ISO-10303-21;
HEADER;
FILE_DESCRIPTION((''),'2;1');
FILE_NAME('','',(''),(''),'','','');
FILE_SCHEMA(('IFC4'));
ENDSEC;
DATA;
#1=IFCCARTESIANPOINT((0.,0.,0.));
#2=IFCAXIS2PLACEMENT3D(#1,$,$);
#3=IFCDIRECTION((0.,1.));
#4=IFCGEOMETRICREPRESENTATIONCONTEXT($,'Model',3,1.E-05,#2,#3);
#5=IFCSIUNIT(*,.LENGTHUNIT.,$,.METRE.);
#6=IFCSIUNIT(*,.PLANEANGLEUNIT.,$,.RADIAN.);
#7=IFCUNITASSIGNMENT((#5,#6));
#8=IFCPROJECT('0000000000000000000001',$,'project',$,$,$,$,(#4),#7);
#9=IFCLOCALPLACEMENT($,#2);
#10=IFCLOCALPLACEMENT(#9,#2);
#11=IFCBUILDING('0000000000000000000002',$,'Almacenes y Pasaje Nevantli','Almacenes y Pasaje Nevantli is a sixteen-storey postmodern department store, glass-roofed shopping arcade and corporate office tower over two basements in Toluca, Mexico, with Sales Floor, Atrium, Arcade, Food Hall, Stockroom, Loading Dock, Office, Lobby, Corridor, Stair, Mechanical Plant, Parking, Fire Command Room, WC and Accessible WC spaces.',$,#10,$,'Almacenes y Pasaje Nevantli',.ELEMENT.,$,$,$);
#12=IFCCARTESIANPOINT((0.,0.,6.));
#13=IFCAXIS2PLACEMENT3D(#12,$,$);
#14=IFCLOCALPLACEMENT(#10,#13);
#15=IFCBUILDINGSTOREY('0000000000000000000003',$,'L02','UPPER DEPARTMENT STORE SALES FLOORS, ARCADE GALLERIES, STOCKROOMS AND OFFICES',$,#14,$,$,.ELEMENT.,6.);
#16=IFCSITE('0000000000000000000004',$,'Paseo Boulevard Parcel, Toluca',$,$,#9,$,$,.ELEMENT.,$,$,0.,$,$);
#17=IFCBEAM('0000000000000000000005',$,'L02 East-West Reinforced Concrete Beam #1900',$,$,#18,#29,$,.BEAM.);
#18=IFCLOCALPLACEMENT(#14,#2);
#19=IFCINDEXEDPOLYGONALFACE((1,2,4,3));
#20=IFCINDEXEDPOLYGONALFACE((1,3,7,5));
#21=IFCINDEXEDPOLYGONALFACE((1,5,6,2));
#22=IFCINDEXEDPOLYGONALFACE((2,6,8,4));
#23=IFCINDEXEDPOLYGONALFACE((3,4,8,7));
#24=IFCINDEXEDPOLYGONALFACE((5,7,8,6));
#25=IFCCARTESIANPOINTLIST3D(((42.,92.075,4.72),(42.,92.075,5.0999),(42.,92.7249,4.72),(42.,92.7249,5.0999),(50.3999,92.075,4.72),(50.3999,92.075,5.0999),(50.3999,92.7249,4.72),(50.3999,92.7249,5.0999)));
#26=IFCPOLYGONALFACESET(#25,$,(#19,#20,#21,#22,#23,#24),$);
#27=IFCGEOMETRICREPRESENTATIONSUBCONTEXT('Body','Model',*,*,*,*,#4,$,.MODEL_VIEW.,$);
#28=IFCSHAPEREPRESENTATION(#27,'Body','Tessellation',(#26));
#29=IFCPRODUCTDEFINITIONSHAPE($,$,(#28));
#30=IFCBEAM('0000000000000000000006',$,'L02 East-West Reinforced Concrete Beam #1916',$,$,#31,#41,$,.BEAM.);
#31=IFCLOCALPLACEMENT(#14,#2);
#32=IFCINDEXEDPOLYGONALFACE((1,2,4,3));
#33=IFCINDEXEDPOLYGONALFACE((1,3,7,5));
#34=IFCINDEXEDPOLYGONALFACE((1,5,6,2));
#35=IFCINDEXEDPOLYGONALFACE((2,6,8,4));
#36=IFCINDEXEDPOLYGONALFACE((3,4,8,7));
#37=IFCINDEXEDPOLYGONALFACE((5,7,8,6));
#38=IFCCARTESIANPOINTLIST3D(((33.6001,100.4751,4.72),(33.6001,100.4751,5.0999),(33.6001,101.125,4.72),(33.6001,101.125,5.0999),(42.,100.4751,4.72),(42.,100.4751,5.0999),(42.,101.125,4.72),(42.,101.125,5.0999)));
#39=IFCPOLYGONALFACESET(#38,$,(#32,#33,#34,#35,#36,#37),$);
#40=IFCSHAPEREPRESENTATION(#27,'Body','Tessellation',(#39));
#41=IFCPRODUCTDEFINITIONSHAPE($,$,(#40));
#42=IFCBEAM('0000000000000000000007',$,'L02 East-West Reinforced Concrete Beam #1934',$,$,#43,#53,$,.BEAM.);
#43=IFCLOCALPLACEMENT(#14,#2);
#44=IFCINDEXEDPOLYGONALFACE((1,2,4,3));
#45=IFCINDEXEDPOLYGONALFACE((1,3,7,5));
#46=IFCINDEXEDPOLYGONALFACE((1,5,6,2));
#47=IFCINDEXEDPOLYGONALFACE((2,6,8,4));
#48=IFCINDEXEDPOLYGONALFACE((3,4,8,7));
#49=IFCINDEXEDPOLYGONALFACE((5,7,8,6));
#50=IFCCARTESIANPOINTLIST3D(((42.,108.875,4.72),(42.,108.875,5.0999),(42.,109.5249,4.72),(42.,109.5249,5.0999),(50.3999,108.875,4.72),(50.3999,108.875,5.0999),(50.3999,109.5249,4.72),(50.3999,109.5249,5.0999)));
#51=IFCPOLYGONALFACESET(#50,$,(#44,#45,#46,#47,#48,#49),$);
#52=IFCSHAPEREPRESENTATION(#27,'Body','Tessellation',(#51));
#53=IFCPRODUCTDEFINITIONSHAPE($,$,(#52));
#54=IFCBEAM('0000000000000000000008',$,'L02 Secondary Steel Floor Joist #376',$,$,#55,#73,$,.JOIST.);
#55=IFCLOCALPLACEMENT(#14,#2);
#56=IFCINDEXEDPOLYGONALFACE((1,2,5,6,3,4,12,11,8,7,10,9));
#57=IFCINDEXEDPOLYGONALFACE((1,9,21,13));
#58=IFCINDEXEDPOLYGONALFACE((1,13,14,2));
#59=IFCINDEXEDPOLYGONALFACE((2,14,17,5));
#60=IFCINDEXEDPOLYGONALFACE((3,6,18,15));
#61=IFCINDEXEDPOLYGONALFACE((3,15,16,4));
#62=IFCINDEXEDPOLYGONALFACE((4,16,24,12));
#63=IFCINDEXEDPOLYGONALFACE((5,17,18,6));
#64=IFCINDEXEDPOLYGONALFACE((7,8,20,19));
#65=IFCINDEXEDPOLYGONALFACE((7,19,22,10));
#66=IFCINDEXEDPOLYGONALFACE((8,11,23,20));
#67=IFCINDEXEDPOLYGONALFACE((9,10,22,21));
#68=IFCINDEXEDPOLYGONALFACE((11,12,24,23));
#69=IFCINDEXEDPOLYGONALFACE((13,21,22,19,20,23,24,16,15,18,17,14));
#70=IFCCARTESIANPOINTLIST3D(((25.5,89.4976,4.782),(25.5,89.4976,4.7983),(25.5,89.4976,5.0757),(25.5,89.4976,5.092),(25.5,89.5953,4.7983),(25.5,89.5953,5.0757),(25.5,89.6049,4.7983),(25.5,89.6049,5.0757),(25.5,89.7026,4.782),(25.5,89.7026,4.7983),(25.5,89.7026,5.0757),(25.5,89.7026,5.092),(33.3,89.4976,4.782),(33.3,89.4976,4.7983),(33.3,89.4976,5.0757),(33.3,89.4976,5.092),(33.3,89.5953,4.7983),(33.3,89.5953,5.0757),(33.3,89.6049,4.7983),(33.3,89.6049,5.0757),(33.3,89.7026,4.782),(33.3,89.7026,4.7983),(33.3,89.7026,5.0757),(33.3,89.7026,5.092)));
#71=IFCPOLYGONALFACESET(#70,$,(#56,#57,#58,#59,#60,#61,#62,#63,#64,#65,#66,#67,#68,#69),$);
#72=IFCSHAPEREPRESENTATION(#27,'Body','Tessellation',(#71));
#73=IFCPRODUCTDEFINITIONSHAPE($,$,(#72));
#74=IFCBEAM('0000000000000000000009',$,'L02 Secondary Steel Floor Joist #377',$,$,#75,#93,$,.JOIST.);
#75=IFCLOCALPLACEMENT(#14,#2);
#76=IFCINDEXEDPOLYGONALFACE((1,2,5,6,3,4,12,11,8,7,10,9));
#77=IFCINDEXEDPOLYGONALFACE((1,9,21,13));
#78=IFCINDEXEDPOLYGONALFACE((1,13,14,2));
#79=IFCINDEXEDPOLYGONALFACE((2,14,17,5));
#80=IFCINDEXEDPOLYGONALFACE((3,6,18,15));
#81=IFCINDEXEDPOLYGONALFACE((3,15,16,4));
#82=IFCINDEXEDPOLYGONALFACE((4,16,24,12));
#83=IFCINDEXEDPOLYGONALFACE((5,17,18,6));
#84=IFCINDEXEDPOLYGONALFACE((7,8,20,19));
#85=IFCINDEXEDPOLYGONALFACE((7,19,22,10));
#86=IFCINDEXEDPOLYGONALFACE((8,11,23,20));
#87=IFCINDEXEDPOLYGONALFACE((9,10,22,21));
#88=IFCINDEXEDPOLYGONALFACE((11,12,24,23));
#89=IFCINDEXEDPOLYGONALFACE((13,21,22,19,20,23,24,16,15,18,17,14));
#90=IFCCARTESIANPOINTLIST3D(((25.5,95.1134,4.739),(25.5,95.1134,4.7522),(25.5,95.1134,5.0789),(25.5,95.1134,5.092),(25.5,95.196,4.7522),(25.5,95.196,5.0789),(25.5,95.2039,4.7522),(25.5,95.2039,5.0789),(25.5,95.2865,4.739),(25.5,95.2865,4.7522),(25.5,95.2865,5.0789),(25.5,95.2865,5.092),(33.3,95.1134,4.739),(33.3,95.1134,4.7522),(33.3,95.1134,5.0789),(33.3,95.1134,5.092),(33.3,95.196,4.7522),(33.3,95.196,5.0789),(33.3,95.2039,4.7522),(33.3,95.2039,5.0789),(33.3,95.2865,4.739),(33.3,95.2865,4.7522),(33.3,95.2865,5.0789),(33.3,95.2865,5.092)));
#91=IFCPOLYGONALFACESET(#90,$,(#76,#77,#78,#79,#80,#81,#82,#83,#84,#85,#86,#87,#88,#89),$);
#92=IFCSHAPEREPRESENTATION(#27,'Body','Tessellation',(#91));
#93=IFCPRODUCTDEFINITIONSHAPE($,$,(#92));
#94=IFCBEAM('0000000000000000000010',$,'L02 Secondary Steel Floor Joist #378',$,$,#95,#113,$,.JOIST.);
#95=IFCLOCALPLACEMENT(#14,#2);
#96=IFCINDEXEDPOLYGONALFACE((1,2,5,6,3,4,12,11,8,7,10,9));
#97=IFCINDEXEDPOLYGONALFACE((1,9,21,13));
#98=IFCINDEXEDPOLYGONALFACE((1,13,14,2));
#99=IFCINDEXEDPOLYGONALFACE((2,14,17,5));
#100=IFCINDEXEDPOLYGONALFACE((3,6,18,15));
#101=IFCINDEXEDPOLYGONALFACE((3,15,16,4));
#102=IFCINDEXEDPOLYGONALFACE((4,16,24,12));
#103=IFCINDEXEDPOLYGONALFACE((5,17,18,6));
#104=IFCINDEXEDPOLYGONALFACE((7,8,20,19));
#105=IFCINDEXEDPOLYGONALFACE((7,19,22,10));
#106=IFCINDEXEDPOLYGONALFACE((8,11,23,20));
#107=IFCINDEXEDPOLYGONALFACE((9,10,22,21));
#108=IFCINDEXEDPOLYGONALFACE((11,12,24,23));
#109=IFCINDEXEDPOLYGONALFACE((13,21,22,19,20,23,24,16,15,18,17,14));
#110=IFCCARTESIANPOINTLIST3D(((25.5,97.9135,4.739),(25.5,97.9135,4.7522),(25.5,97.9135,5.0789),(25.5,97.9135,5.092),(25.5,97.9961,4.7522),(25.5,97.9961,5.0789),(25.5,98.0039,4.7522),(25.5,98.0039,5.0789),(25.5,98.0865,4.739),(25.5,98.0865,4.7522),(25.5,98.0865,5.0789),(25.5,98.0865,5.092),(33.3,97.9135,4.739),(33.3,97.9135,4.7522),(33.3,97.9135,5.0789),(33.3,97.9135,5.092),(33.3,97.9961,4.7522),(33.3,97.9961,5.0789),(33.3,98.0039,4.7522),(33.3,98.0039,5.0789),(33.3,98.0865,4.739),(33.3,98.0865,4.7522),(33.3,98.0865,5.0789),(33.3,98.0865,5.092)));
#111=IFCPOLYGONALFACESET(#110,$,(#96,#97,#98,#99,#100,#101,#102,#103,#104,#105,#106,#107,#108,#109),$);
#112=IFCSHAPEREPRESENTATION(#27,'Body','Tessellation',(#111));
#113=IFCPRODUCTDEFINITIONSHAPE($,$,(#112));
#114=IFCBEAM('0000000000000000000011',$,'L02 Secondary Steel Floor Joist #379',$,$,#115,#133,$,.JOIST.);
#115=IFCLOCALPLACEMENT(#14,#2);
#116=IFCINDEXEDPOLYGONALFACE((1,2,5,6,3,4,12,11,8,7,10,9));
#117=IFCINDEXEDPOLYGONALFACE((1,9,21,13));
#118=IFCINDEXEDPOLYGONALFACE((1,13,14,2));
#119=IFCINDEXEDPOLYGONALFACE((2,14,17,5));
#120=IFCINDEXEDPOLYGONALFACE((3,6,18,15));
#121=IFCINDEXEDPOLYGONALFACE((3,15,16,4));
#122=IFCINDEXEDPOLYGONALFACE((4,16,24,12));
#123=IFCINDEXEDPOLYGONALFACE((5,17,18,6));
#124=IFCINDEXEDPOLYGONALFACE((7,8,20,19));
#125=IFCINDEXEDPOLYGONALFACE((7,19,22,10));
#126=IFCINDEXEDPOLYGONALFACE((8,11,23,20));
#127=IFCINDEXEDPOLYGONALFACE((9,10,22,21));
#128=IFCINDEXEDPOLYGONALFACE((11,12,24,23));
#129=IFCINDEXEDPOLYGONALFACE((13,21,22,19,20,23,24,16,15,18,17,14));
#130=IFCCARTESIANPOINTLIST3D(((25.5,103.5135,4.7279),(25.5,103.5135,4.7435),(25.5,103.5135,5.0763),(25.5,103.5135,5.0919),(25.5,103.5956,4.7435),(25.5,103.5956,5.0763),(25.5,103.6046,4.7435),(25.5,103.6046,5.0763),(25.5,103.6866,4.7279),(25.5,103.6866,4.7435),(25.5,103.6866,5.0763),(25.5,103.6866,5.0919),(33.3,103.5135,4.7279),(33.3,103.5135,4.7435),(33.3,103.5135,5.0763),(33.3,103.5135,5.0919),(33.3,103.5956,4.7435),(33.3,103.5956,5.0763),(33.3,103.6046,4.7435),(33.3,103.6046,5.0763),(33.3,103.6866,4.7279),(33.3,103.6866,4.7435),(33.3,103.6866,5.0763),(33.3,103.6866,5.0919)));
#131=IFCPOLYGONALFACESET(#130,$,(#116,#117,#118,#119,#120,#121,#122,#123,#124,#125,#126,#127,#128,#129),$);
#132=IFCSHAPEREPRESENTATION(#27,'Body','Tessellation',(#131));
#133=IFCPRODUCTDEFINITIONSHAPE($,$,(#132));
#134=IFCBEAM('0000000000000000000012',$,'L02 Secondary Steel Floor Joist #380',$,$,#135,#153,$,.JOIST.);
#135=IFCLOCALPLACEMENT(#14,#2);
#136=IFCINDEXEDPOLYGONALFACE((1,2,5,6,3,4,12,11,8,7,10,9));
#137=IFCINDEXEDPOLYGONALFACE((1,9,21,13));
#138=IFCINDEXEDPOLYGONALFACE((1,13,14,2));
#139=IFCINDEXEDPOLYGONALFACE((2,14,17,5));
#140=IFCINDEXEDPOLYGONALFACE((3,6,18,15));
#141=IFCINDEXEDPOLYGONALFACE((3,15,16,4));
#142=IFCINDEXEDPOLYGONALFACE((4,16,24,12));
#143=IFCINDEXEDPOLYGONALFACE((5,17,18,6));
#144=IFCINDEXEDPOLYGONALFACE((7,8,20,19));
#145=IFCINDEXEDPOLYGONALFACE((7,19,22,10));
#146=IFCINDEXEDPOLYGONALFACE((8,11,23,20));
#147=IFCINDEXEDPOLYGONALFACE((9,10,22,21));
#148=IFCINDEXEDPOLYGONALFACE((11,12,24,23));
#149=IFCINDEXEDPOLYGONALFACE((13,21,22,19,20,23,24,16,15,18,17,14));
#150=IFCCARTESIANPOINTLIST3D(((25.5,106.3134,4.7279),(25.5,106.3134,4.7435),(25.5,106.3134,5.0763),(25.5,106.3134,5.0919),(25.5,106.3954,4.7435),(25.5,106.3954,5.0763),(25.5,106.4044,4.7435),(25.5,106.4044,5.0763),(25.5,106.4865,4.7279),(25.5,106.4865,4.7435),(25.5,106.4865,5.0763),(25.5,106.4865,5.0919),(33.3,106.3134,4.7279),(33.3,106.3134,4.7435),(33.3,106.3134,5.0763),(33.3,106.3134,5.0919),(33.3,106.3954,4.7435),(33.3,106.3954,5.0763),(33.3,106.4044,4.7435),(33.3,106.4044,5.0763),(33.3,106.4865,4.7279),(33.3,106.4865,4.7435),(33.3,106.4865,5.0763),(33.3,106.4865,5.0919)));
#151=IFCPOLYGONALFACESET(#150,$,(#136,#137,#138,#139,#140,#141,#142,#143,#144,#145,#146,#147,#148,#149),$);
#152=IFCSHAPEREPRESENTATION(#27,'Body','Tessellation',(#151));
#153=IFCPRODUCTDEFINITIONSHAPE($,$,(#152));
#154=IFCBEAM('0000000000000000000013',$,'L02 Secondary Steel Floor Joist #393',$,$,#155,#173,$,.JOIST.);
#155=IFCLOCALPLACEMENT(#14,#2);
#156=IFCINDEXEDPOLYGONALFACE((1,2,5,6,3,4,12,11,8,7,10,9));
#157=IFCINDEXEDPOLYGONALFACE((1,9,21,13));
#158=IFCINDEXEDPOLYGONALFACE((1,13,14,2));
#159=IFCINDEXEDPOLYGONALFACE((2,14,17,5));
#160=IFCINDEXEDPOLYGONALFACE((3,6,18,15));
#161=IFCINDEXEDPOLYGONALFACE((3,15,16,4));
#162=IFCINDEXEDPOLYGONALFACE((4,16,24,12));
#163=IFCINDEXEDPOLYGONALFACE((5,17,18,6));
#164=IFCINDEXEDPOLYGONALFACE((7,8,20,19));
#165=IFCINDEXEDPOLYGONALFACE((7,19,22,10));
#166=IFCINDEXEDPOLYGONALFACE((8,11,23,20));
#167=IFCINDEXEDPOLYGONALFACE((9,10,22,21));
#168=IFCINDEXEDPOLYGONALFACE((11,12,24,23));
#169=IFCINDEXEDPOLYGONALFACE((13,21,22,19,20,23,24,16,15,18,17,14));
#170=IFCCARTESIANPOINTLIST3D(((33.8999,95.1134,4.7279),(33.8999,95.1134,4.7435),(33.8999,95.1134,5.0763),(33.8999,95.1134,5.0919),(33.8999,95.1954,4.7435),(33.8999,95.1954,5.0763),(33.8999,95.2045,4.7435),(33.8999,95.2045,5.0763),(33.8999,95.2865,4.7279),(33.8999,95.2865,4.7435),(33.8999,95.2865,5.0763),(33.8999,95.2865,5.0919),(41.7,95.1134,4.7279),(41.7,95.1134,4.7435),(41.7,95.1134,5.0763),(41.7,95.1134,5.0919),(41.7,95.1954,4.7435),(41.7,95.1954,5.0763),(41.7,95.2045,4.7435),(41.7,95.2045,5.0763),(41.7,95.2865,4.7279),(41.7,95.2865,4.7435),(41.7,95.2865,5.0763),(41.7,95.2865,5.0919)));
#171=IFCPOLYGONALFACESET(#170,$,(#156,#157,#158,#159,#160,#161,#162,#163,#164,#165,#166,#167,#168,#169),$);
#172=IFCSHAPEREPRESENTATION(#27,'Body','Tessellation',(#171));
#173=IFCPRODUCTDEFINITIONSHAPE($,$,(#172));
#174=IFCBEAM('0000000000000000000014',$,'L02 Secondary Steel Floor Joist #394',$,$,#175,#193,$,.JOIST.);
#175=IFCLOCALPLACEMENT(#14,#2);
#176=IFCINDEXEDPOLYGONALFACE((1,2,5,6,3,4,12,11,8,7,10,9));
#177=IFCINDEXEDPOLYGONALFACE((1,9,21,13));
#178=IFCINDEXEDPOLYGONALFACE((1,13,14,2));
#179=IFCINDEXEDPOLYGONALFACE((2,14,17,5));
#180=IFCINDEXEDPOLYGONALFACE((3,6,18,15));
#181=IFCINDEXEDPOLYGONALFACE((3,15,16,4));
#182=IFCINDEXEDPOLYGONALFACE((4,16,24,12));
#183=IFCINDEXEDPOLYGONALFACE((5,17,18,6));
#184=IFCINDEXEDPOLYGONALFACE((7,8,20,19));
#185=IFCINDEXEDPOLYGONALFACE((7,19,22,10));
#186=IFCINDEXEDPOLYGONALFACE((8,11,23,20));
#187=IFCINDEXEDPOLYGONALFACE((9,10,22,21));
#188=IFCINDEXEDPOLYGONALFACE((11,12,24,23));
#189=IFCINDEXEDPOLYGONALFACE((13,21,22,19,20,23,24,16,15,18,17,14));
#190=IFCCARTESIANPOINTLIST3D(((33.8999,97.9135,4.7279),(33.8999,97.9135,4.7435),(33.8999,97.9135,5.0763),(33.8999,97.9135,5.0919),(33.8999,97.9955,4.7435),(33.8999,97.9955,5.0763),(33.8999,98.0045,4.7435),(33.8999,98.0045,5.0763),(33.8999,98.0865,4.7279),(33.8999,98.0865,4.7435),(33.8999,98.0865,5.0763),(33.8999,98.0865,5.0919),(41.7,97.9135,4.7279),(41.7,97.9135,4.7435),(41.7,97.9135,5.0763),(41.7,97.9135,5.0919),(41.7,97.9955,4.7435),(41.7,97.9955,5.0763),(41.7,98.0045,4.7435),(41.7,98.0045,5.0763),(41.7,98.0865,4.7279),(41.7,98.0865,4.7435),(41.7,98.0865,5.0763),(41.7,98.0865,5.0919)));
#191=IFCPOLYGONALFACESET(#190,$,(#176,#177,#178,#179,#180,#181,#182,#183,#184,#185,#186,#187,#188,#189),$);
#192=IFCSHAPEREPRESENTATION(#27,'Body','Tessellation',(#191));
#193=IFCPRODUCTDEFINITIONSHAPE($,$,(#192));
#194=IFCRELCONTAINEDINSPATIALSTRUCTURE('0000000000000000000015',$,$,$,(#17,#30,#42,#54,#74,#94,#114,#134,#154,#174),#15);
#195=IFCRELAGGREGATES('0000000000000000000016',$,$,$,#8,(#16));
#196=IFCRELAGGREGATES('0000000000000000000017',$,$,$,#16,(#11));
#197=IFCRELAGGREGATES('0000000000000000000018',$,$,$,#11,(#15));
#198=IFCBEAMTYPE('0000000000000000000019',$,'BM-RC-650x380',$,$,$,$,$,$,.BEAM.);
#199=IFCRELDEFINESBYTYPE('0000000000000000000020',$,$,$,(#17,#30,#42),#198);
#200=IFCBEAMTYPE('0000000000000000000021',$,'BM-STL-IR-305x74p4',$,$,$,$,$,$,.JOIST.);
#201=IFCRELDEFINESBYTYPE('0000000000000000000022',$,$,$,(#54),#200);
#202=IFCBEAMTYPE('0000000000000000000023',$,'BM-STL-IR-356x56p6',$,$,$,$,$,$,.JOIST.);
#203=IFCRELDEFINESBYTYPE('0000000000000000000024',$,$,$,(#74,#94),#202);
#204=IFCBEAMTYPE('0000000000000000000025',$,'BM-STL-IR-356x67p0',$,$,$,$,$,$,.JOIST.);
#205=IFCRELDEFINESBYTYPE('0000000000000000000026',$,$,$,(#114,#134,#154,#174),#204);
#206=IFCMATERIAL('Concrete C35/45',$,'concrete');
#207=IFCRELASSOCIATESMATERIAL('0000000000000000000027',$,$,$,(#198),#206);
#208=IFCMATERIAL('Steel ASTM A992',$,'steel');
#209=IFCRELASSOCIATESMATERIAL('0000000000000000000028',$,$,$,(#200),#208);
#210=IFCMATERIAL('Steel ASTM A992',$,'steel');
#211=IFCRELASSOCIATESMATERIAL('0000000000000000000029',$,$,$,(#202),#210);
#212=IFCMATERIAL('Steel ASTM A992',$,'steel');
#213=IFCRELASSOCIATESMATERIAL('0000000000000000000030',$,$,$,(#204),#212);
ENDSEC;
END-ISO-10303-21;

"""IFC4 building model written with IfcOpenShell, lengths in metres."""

from ifc_helpers import new_model, si_unit, direction, frame, origin, origin_2d, place, context, subcontext, project, spatial, rectangle, i_section, extrude, material, material_profile, profile_set, type_object, element, save


model = new_model("IFC4")

# Units and contexts
model_context = context("Model", 3, precision=1e-05, world=origin(), true_north=direction((0.0, 1.0)))
body_context = subcontext(model_context, "Body", "Model", "MODEL_VIEW")
ifc_project = project(units=[si_unit("LENGTHUNIT", "METRE"), si_unit("PLANEANGLEUNIT", "RADIAN")], contexts=[model_context])

# Site, building, storey
site_placement = place(None, origin())
site = spatial("IfcSite", under=ifc_project, at=site_placement, Name="Paseo Boulevard Parcel, Toluca", CompositionType="ELEMENT", RefElevation=0.0)
building_placement = place(site_placement, origin())
building = spatial("IfcBuilding", under=site, at=building_placement, Name="Almacenes y Pasaje Nevantli", Description="Almacenes y Pasaje Nevantli is a sixteen-storey postmodern department store, glass-roofed shopping arcade and corporate office tower over two basements in Toluca, Mexico, with Sales Floor, Atrium, Arcade, Food Hall, Stockroom, Loading Dock, Office, Lobby, Corridor, Stair, Mechanical Plant, Parking, Fire Command Room, WC and Accessible WC spaces.", LongName="Almacenes y Pasaje Nevantli", CompositionType="ELEMENT")
storey_placement = place(building_placement, frame((0.0, 0.0, 6.0)))
storey = spatial("IfcBuildingStorey", under=building, at=storey_placement, Name="L02", Description="UPPER DEPARTMENT STORE SALES FLOORS, ARCADE GALLERIES, STOCKROOMS AND OFFICES", CompositionType="ELEMENT", Elevation=6.0)

# Beams
ifc_material_1 = material(Name="Concrete C35/45", Category="concrete")
ifc_material_profile_1 = material_profile(ifc_material_1, rectangle(XDim=0.6499, YDim=0.3799, at=origin_2d()), Name="RC-BM-650x380")
ifc_profile_set_1 = profile_set([ifc_material_profile_1], Name="Concrete C35/45")
beam_type_1 = type_object("IfcBeamType", Name="BM-RC-650x380", PredefinedType="BEAM", material=ifc_profile_set_1)
for number, where, z_axis, x_axis, name in (
    (1, (42.0, 92.3999, 4.9099), (1.0, 0.0, 0.0), (0.0, 1.0, 0.0), "L02 East-West Reinforced Concrete Beam #1900"),
    (2, (33.6001, 100.8, 4.9099), (1.0, 0.0, 0.0), (0.0, 1.0, 0.0), "L02 East-West Reinforced Concrete Beam #1916"),
    (3, (42.0, 109.2, 4.9099), (1.0, 0.0, 0.0), (0.0, 1.0, 0.0), "L02 East-West Reinforced Concrete Beam #1934"),
):
    element("IfcBeam", number, at=place(storey_placement, frame(where, z_axis=z_axis, x_axis=x_axis)), inside=storey, type_object=beam_type_1, Name=name, PredefinedType="BEAM", context=body_context, shape_type="SweptSolid", body=[
        extrude(rectangle(XDim=0.6499, YDim=0.3799, at=origin_2d()), origin(), (0.0, 0.0, 1.0), 8.3999),
    ])
ifc_material_2 = material(Name="Steel ASTM A992", Category="steel")
ifc_material_profile_2 = material_profile(ifc_material_2, i_section(OverallWidth=0.2051, OverallDepth=0.3101, WebThickness=0.0095, FlangeThickness=0.0164, at=origin_2d()), Name="IR 305x74.4")
ifc_profile_set_2 = profile_set([ifc_material_profile_2], Name="Steel ASTM A992")
beam_type_2 = type_object("IfcBeamType", Name="BM-STL-IR-305x74p4", PredefinedType="JOIST", material=ifc_profile_set_2)
beam_1_placement = place(storey_placement, frame((25.5, 89.6001, 4.937), z_axis=(1.0, 0.0, 0.0), x_axis=(0.0, 1.0, 0.0)))
element("IfcBeam", 4, at=beam_1_placement, inside=storey, type_object=beam_type_2, Name="L02 Secondary Steel Floor Joist #376", PredefinedType="JOIST", context=body_context, shape_type="SweptSolid", body=[
    extrude(i_section(OverallWidth=0.2051, OverallDepth=0.3101, WebThickness=0.0095, FlangeThickness=0.0164, at=origin_2d()), origin(), (0.0, 0.0, 1.0), 7.8),
])
ifc_material_3 = material(Name="Steel ASTM A992", Category="steel")
ifc_material_profile_3 = material_profile(ifc_material_3, i_section(OverallWidth=0.1731, OverallDepth=0.353, WebThickness=0.0078, FlangeThickness=0.0132, at=origin_2d()), Name="IR 356x56.6")
ifc_profile_set_3 = profile_set([ifc_material_profile_3], Name="Steel ASTM A992")
beam_type_3 = type_object("IfcBeamType", Name="BM-STL-IR-356x56p6", PredefinedType="JOIST", material=ifc_profile_set_3)
for number, where, z_axis, x_axis, name in (
    (5, (25.5, 95.2, 4.9155), (1.0, 0.0, 0.0), (0.0, 1.0, 0.0), "L02 Secondary Steel Floor Joist #377"),
    (6, (25.5, 98.0, 4.9155), (1.0, 0.0, 0.0), (0.0, 1.0, 0.0), "L02 Secondary Steel Floor Joist #378"),
):
    element("IfcBeam", number, at=place(storey_placement, frame(where, z_axis=z_axis, x_axis=x_axis)), inside=storey, type_object=beam_type_3, Name=name, PredefinedType="JOIST", context=body_context, shape_type="SweptSolid", body=[
        extrude(i_section(OverallWidth=0.1731, OverallDepth=0.353, WebThickness=0.0078, FlangeThickness=0.0132, at=origin_2d()), origin(), (0.0, 0.0, 1.0), 7.8),
    ])
ifc_material_4 = material(Name="Steel ASTM A992", Category="steel")
ifc_material_profile_4 = material_profile(ifc_material_4, i_section(OverallWidth=0.1731, OverallDepth=0.364, WebThickness=0.009, FlangeThickness=0.0156, at=origin_2d()), Name="IR 356x67.0")
ifc_profile_set_4 = profile_set([ifc_material_profile_4], Name="Steel ASTM A992")
beam_type_4 = type_object("IfcBeamType", Name="BM-STL-IR-356x67p0", PredefinedType="JOIST", material=ifc_profile_set_4)
for number, where, z_axis, x_axis, name in (
    (7, (25.5, 103.6001, 4.9099), (1.0, 0.0, 0.0), (0.0, 1.0, 0.0), "L02 Secondary Steel Floor Joist #379"),
    (8, (25.5, 106.3999, 4.9099), (1.0, 0.0, 0.0), (0.0, 1.0, 0.0), "L02 Secondary Steel Floor Joist #380"),
    (9, (33.8999, 95.2, 4.9099), (1.0, 0.0, 0.0), (0.0, 1.0, 0.0), "L02 Secondary Steel Floor Joist #393"),
    (10, (33.8999, 98.0, 4.9099), (1.0, 0.0, 0.0), (0.0, 1.0, 0.0), "L02 Secondary Steel Floor Joist #394"),
):
    element("IfcBeam", number, at=place(storey_placement, frame(where, z_axis=z_axis, x_axis=x_axis)), inside=storey, type_object=beam_type_4, Name=name, PredefinedType="JOIST", context=body_context, shape_type="SweptSolid", body=[
        extrude(i_section(OverallWidth=0.1731, OverallDepth=0.364, WebThickness=0.009, FlangeThickness=0.0156, at=origin_2d()), origin(), (0.0, 0.0, 1.0), 7.8),
    ])

save(model, "model.ifc")
